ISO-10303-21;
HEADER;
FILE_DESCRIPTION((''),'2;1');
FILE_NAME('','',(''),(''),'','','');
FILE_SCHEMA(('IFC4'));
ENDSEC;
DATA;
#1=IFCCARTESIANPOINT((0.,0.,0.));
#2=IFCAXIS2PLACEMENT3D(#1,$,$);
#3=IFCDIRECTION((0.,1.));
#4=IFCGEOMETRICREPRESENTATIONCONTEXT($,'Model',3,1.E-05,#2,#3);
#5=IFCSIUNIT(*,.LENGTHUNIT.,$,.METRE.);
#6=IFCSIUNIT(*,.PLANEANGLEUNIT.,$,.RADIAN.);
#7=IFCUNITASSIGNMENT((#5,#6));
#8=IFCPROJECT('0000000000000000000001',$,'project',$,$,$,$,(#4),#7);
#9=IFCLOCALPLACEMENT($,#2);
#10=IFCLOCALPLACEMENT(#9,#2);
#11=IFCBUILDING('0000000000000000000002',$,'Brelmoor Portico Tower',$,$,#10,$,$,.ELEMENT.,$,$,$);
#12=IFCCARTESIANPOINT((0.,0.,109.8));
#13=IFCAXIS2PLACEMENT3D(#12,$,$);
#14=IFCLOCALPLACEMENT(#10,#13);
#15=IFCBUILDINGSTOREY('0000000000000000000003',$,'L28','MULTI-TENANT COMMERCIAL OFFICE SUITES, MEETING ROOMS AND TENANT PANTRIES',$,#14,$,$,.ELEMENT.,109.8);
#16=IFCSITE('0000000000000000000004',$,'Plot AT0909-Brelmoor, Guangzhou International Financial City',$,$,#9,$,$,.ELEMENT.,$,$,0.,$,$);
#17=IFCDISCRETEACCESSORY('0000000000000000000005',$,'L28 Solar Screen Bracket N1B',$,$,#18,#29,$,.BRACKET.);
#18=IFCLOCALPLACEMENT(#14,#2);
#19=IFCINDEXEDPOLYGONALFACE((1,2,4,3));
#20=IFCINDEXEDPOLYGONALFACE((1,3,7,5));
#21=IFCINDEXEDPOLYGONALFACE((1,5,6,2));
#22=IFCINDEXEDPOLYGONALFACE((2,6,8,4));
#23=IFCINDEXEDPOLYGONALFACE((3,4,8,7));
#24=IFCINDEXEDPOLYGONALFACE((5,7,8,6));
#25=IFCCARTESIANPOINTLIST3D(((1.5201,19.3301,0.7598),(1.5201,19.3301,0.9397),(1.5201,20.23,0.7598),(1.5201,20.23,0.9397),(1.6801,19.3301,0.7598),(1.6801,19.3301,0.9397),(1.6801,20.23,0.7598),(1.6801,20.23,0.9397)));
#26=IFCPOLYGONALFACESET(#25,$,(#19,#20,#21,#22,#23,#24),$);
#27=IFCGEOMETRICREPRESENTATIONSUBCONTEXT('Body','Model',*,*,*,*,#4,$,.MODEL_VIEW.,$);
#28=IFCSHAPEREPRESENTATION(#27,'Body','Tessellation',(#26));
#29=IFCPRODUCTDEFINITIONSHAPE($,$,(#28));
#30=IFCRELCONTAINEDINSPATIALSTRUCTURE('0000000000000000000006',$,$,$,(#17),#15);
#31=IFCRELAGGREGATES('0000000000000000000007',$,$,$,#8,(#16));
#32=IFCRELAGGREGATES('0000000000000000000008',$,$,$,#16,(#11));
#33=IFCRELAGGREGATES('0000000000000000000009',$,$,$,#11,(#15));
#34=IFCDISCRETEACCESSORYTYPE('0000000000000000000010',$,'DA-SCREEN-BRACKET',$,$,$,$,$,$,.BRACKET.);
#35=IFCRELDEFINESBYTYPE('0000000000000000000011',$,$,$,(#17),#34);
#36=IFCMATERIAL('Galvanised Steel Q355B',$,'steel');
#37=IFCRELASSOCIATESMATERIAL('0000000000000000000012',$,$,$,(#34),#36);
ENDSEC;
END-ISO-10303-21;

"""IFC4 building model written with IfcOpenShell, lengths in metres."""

from ifc_helpers import new_model, si_unit, direction, frame, origin, origin_2d, place, context, subcontext, project, spatial, rectangle, extrude, material, type_object, element, save


model = new_model("IFC4")

# Units and contexts
model_context = context("Model", 3, precision=1e-05, world=origin(), true_north=direction((0.0, 1.0)))
body_context = subcontext(model_context, "Body", "Model", "MODEL_VIEW")
ifc_project = project(units=[si_unit("LENGTHUNIT", "METRE"), si_unit("PLANEANGLEUNIT", "RADIAN")], contexts=[model_context])

# Site, building, storey
site_placement = place(None, origin())
site = spatial("IfcSite", under=ifc_project, at=site_placement, Name="Plot AT0909-Brelmoor, Guangzhou International Financial City", CompositionType="ELEMENT", RefElevation=0.0)
building_placement = place(site_placement, origin())
building = spatial("IfcBuilding", under=site, at=building_placement, Name="Brelmoor Portico Tower", CompositionType="ELEMENT")
storey_placement = place(building_placement, frame((0.0, 0.0, 109.8)))
storey = spatial("IfcBuildingStorey", under=building, at=storey_placement, Name="L28", Description="MULTI-TENANT COMMERCIAL OFFICE SUITES, MEETING ROOMS AND TENANT PANTRIES", CompositionType="ELEMENT", Elevation=109.8)

# Discrete accessory
ifc_material_1 = material(Name="Galvanised Steel Q355B", Category="steel")
discrete_accessory_type = type_object("IfcDiscreteAccessoryType", Name="DA-SCREEN-BRACKET", PredefinedType="BRACKET", material=ifc_material_1)
discrete_accessory_placement = place(storey_placement, frame((1.6001, 19.78, 0.7598), z_axis=(0.0, 0.0, 1.0), x_axis=(1.0, 0.0, 0.0)))
element("IfcDiscreteAccessory", 1, at=discrete_accessory_placement, inside=storey, type_object=discrete_accessory_type, Name="L28 Solar Screen Bracket N1B", PredefinedType="BRACKET", context=body_context, shape_type="SweptSolid", body=[
    extrude(rectangle(XDim=0.1599, YDim=0.8999, at=origin_2d()), origin(), (0.0, 0.0, 1.0), 0.1799),
])

save(model, "model.ifc")
